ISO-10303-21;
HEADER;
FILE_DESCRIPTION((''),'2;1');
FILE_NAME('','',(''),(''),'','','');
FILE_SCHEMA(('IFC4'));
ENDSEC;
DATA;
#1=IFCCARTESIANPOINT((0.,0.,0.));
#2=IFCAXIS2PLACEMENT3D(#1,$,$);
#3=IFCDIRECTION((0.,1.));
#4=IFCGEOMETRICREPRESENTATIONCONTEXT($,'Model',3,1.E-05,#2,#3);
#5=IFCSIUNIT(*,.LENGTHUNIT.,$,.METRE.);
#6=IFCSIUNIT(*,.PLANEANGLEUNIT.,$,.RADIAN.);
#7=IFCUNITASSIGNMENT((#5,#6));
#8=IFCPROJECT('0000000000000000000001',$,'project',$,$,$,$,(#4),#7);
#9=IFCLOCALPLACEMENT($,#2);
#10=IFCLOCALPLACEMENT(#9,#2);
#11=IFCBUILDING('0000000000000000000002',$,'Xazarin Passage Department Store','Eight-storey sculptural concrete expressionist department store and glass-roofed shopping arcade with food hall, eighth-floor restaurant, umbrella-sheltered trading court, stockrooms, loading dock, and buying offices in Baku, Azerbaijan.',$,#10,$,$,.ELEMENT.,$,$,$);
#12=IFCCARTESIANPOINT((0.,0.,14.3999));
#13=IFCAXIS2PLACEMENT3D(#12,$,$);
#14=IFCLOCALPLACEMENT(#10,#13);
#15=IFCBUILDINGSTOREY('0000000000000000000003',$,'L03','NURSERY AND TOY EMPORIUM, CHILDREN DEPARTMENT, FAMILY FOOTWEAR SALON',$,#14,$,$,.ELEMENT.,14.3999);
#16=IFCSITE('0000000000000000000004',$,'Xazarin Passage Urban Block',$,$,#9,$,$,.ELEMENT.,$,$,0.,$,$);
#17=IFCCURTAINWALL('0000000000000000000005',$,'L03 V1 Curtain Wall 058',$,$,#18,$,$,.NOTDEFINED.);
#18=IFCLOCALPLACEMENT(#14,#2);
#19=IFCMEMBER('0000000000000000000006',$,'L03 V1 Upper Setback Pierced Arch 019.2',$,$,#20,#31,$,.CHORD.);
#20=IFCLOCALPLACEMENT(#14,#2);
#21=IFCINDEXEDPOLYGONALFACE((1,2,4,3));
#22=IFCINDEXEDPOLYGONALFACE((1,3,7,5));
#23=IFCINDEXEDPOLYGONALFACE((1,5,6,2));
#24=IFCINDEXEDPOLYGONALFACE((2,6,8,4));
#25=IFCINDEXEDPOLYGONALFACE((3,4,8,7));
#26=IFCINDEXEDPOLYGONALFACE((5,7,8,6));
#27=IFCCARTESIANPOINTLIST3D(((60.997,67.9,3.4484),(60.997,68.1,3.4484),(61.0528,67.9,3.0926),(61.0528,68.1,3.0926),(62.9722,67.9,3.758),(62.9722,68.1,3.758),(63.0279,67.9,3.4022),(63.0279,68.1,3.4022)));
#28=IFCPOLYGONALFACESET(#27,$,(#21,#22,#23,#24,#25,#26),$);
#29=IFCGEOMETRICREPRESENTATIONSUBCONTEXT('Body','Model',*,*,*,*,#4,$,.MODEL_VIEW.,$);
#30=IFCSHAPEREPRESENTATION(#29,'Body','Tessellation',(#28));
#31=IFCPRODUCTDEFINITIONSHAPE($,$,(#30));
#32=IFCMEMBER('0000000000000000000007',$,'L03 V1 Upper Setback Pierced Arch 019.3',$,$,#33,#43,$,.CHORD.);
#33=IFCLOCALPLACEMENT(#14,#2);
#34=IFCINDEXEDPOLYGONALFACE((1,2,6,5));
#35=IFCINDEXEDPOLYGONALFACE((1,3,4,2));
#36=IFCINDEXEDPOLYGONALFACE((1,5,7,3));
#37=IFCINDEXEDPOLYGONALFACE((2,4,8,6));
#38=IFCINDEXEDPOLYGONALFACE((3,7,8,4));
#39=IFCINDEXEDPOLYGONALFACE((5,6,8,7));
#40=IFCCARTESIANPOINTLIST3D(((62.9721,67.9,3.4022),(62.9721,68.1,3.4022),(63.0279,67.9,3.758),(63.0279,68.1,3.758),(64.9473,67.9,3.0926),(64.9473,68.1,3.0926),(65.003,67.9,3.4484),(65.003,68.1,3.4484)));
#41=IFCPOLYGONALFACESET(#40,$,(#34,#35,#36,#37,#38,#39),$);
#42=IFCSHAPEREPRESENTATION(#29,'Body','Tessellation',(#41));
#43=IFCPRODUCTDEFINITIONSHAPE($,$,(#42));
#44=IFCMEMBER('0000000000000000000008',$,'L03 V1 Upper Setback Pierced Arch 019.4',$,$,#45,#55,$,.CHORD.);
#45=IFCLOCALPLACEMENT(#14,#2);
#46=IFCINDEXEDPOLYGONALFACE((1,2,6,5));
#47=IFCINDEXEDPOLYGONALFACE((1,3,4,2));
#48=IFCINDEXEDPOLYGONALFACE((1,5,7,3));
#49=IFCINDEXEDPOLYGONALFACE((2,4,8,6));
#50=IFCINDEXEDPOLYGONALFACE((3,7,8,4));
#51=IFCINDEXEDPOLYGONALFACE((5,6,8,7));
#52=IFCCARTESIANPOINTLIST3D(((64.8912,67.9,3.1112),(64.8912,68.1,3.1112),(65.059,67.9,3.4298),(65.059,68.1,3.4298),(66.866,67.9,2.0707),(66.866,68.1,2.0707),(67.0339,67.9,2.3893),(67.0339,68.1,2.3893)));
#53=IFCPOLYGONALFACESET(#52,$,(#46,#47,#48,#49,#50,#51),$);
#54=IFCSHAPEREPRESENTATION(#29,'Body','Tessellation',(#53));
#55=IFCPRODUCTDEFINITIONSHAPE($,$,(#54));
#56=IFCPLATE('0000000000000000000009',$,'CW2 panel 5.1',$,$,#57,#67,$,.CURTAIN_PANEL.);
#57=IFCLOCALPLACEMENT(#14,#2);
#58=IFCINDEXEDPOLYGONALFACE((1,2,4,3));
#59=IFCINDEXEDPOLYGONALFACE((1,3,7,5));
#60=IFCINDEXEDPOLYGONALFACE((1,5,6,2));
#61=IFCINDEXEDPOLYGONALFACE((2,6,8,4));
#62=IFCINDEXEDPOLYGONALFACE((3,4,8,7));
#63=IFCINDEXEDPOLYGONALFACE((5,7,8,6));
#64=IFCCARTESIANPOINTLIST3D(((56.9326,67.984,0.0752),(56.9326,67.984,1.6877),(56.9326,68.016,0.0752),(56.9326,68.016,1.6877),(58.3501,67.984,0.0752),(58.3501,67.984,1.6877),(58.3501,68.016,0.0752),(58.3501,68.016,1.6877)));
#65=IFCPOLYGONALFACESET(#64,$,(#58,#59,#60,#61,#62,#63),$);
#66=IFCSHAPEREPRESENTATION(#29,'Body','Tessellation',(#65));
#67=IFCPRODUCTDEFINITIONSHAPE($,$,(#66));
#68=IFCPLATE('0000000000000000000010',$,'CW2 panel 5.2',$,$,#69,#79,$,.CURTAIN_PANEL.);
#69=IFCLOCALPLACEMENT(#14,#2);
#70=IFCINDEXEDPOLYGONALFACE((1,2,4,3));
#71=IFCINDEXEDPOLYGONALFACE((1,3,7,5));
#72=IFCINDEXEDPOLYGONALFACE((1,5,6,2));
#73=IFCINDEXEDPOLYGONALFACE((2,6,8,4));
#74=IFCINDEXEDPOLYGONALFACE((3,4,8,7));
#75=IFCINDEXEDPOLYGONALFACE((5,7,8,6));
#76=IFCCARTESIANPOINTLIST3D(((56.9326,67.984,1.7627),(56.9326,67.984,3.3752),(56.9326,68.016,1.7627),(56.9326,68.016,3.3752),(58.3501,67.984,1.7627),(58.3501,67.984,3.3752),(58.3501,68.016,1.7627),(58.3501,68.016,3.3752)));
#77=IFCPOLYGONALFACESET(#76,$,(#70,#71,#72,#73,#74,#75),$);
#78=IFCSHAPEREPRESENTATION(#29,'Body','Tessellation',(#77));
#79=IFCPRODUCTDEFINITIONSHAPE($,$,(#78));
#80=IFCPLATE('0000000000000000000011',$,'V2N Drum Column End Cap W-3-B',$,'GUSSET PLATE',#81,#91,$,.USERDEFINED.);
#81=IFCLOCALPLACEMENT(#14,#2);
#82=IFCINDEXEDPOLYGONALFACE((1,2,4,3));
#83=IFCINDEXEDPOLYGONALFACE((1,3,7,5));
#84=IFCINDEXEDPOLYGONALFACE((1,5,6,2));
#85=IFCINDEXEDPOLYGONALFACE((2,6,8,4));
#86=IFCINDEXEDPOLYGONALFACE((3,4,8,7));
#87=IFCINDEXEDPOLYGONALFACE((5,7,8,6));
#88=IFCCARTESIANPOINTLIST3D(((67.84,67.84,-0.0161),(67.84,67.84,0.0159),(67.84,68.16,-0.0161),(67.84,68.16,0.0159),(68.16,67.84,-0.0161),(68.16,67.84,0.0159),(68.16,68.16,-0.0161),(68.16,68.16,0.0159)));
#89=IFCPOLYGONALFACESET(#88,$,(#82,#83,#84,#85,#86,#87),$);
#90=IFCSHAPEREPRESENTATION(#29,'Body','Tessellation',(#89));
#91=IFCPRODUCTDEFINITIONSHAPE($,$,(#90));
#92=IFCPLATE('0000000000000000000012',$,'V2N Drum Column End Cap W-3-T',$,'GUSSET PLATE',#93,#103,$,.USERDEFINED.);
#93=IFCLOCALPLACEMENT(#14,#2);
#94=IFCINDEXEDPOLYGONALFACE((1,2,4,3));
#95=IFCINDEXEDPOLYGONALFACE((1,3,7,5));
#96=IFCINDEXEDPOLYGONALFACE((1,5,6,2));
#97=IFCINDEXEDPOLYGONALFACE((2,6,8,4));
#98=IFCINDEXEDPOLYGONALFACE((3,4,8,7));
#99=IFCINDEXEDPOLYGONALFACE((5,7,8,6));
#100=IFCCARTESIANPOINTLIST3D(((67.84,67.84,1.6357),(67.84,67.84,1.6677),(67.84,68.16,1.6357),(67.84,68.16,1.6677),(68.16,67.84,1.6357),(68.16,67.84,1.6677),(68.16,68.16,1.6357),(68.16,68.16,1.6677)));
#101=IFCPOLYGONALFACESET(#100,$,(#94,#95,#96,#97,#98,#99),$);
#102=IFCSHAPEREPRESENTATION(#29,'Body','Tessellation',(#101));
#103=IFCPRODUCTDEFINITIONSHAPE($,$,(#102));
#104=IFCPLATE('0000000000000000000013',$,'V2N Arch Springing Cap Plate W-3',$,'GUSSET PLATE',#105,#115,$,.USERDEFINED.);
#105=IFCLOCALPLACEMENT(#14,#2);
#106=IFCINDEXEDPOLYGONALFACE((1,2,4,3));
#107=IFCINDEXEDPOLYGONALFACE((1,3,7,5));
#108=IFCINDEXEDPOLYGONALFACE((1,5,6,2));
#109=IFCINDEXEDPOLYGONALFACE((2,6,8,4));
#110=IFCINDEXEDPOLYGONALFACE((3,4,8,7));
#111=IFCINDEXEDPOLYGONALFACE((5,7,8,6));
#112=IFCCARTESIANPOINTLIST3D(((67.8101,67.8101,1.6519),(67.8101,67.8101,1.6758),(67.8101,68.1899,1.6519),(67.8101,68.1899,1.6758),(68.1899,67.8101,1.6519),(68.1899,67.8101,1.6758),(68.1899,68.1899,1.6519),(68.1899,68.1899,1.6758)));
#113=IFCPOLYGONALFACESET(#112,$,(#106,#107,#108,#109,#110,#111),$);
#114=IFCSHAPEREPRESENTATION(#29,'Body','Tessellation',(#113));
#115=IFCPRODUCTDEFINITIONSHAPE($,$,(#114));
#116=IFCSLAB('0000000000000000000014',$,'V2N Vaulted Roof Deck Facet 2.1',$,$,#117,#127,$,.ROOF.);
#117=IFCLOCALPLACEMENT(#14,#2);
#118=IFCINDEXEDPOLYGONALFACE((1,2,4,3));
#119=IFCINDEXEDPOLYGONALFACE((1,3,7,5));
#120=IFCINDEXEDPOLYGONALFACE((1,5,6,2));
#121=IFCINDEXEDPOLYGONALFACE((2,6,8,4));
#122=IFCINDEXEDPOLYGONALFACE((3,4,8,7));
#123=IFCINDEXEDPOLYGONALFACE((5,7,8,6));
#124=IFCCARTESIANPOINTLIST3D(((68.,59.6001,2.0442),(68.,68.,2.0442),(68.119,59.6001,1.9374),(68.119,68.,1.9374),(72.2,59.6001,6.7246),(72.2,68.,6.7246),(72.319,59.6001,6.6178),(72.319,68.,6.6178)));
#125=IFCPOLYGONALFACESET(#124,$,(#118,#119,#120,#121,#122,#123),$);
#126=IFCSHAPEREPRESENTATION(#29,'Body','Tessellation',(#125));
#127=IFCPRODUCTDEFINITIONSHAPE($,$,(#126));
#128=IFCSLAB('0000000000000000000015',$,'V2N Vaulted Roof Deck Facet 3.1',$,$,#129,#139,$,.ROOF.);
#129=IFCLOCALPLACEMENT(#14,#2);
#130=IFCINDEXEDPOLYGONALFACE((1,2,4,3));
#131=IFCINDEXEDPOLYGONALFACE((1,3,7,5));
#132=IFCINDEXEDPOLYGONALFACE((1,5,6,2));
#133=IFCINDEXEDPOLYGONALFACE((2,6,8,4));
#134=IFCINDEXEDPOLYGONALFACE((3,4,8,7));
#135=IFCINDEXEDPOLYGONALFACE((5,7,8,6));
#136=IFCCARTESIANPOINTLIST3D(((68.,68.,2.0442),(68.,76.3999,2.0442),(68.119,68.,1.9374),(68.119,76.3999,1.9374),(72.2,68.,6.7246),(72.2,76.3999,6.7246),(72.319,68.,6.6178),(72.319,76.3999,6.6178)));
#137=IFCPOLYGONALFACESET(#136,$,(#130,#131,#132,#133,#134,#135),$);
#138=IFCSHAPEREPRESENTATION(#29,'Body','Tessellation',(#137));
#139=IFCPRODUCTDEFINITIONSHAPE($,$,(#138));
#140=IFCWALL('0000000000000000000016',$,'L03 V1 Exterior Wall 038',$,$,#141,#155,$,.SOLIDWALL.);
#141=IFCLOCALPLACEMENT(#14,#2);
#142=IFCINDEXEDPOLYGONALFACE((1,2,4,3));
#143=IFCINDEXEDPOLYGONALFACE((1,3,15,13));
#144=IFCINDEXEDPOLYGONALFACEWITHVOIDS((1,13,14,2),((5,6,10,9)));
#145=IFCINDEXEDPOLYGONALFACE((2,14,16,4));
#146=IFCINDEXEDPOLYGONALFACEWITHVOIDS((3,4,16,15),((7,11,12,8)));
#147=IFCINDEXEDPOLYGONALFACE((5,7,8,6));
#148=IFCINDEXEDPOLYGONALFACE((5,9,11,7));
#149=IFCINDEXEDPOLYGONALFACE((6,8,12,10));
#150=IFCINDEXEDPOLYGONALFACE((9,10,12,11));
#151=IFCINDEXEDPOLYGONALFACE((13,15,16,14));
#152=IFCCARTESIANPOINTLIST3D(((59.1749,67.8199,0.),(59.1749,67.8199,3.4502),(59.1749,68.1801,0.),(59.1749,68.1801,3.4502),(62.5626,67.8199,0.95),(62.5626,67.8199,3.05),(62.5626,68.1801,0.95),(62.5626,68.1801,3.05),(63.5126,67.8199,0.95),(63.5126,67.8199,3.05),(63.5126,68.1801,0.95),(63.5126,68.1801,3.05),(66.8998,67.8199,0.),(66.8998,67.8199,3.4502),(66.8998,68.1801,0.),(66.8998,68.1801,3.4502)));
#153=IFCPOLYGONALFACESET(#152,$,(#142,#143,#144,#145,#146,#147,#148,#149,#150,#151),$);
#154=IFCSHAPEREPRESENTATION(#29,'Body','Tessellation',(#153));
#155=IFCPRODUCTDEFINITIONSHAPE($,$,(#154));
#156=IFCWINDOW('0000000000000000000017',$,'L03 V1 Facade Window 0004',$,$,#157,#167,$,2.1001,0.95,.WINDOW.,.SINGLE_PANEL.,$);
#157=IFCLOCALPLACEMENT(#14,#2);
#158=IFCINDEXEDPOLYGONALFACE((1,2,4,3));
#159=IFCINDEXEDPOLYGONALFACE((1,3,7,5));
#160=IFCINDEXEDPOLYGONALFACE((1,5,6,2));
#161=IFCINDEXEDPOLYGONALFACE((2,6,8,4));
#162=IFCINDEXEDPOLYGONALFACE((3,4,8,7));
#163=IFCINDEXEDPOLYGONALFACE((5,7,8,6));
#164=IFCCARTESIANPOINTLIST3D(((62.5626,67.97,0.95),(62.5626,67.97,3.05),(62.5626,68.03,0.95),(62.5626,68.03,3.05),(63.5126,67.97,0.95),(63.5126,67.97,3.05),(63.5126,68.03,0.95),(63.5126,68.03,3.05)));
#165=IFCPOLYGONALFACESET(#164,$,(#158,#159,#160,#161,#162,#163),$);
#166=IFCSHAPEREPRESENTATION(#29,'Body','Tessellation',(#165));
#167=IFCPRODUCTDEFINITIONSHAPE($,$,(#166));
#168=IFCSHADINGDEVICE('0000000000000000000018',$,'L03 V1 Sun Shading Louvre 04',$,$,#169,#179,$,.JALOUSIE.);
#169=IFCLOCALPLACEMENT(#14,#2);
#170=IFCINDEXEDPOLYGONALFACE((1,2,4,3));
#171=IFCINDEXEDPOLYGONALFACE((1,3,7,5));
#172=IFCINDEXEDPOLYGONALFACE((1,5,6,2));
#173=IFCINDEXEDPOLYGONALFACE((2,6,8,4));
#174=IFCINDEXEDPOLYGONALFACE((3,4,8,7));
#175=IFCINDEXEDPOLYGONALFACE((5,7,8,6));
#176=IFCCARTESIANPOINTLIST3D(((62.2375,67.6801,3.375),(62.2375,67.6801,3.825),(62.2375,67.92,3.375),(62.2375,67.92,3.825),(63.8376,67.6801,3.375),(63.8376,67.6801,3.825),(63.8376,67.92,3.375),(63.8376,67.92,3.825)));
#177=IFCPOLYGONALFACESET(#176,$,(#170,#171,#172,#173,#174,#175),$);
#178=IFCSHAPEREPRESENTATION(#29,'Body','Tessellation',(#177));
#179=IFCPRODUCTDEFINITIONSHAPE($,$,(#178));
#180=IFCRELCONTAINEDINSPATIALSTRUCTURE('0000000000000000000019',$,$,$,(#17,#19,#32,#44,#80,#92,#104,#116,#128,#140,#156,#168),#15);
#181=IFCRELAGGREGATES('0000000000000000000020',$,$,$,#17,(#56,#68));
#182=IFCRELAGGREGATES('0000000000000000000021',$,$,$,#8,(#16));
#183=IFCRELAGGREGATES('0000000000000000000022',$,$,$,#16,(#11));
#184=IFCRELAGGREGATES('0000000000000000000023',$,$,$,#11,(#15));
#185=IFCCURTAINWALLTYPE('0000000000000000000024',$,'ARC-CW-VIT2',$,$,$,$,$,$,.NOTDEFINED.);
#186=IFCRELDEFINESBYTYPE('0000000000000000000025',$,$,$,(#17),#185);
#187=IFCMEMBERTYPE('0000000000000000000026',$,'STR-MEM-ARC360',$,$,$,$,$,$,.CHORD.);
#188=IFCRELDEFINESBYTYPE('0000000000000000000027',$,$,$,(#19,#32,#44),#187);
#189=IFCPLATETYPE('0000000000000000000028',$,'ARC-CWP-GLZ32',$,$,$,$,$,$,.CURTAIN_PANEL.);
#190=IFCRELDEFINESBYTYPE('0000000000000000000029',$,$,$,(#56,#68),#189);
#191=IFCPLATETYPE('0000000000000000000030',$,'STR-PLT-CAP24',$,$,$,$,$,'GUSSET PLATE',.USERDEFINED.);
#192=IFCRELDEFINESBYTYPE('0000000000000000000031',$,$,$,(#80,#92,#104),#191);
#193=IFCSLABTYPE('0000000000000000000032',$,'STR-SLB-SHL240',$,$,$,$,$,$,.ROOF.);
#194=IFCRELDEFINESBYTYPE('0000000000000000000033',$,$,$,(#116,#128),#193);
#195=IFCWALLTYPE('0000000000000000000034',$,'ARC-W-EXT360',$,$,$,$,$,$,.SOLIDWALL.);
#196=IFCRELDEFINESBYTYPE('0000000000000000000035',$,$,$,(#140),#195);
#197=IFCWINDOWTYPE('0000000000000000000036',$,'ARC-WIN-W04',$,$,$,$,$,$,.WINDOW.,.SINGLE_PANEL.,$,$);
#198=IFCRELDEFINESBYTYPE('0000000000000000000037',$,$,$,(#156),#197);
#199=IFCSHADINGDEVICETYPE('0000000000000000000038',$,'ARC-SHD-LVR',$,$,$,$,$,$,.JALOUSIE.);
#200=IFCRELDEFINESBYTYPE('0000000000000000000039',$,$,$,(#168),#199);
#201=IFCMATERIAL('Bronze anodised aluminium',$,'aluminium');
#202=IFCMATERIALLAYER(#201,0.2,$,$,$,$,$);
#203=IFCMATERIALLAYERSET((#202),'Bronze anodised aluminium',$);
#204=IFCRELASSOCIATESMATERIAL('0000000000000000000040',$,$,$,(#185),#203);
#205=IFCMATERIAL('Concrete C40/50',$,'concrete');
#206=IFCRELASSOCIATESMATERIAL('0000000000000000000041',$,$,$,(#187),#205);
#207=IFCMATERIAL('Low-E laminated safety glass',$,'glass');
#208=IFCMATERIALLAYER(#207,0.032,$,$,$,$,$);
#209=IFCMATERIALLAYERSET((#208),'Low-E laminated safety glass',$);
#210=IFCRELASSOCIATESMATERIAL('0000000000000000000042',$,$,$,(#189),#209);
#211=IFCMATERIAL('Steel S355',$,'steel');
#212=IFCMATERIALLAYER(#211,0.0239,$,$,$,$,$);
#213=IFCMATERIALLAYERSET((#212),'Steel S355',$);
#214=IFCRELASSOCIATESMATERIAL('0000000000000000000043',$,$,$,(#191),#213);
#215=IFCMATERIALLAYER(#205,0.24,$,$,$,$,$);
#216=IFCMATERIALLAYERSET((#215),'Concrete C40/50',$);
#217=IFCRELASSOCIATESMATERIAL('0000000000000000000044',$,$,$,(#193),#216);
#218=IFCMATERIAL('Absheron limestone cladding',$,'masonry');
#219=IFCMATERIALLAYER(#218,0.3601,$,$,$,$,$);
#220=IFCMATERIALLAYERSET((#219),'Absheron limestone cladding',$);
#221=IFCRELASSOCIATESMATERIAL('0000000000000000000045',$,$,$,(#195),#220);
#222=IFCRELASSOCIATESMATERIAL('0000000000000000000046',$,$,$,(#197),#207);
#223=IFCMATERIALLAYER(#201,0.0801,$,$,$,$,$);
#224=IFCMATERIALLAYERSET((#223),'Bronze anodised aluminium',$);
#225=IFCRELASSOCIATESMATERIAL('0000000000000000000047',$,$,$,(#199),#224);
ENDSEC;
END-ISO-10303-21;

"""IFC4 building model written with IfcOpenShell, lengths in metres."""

from ifc_helpers import new_model, si_unit, direction, frame, frame_2d, origin, origin_2d, place, context, subcontext, project, spatial, polyline, rectangle, outline, extrude, material, layer, layer_set, material_profile, profile_set, type_object, element, fill, aggregate, save


model = new_model("IFC4")

# Units and contexts
model_context = context("Model", 3, precision=1e-05, world=origin(), true_north=direction((0.0, 1.0)))
body_context = subcontext(model_context, "Body", "Model", "MODEL_VIEW")
ifc_project = project(units=[si_unit("LENGTHUNIT", "METRE"), si_unit("PLANEANGLEUNIT", "RADIAN")], contexts=[model_context])

# Site, building, storey
site_placement = place(None, origin())
site = spatial("IfcSite", under=ifc_project, at=site_placement, Name="Xazarin Passage Urban Block", CompositionType="ELEMENT", RefElevation=0.0)
building_placement = place(site_placement, origin())
building = spatial("IfcBuilding", under=site, at=building_placement, Name="Xazarin Passage Department Store", Description="Eight-storey sculptural concrete expressionist department store and glass-roofed shopping arcade with food hall, eighth-floor restaurant, umbrella-sheltered trading court, stockrooms, loading dock, and buying offices in Baku, Azerbaijan.", CompositionType="ELEMENT")
storey_placement = place(building_placement, frame((0.0, 0.0, 14.3999)))
storey = spatial("IfcBuildingStorey", under=building, at=storey_placement, Name="L03", Description="NURSERY AND TOY EMPORIUM, CHILDREN DEPARTMENT, FAMILY FOOTWEAR SALON", CompositionType="ELEMENT", Elevation=14.3999)

# Shared definitions
ifc_material_1 = material(Name="Steel S355", Category="steel")
ifc_material_2 = material(Name="Concrete C40/50", Category="concrete")

# Curtain wall
ifc_material_3 = material(Name="Bronze anodised aluminium", Category="aluminium")
ifc_layer_1 = layer(ifc_material_3, 0.2)
ifc_layer_set_1 = layer_set([ifc_layer_1], Name="Bronze anodised aluminium")
curtain_wall_type = type_object("IfcCurtainWallType", Name="ARC-CW-VIT2", PredefinedType="NOTDEFINED", material=ifc_layer_set_1)
curtain_wall_placement = place(storey_placement, origin())
curtain_wall = element("IfcCurtainWall", 1, at=curtain_wall_placement, inside=storey, type_object=curtain_wall_type, Name="L03 V1 Curtain Wall 058", PredefinedType="NOTDEFINED")

# Members
ifc_material_profile_1 = material_profile(ifc_material_2, rectangle(XDim=0.2, YDim=0.3601, at=origin_2d()), Name="RC 200x360")
ifc_profile_set_1 = profile_set([ifc_material_profile_1], Name="Concrete C40/50")
member_type_1 = type_object("IfcMemberType", Name="STR-MEM-ARC360", PredefinedType="CHORD", material=ifc_profile_set_1)
for number, where, z_axis, x_axis, name in (
    (2, (61.0249, 68.0, 3.2705), (0.987939, 0.0, 0.154846), (0.0, 1.0, 0.0), "L03 V1 Upper Setback Pierced Arch 019.2"),
    (3, (63.0, 68.0, 3.5801), (0.987939, 0.0, -0.154846), (0.0, 1.0, 0.0), "L03 V1 Upper Setback Pierced Arch 019.3"),
):
    element("IfcMember", number, at=place(storey_placement, frame(where, z_axis=z_axis, x_axis=x_axis)), inside=storey, type_object=member_type_1, Name=name, PredefinedType="CHORD", context=body_context, shape_type="SweptSolid", body=[
        extrude(rectangle(XDim=0.2, YDim=0.3601, at=origin_2d()), origin(), (0.0, 0.0, 1.0), 1.9993),
    ])
member_1_placement = place(storey_placement, frame((64.9751, 68.0, 3.2705), z_axis=(0.884709, 0.0, -0.466143), x_axis=(0.0, 1.0, 0.0)))
element("IfcMember", 4, at=member_1_placement, inside=storey, type_object=member_type_1, Name="L03 V1 Upper Setback Pierced Arch 019.4", PredefinedType="CHORD", context=body_context, shape_type="SweptSolid", body=[
    extrude(rectangle(XDim=0.2, YDim=0.3601, at=origin_2d()), origin(), (0.0, 0.0, 1.0), 2.2322),
])

# Plates
ifc_material_4 = material(Name="Low-E laminated safety glass", Category="glass")
ifc_layer_2 = layer(ifc_material_4, 0.032)
ifc_layer_set_2 = layer_set([ifc_layer_2], Name="Low-E laminated safety glass")
plate_type_1 = type_object("IfcPlateType", Name="ARC-CWP-GLZ32", PredefinedType="CURTAIN_PANEL", material=ifc_layer_set_2)
plate_1_placement = place(storey_placement, frame((57.6414, 68.0, 0.0752), z_axis=(0.0, 0.0, 1.0), x_axis=(1.0, 0.0, 0.0)))
plate_1 = element("IfcPlate", 5, at=plate_1_placement, type_object=plate_type_1, Name="CW2 panel 5.1", PredefinedType="CURTAIN_PANEL", context=body_context, shape_type="SweptSolid", body=[
    extrude(rectangle(XDim=1.4175, YDim=0.032, at=origin_2d()), origin(), (0.0, 0.0, 1.0), 1.6125),
])
plate_2_placement = place(storey_placement, frame((57.6414, 68.0, 1.7627), z_axis=(0.0, 0.0, 1.0), x_axis=(1.0, 0.0, 0.0)))
plate_2 = element("IfcPlate", 6, at=plate_2_placement, type_object=plate_type_1, Name="CW2 panel 5.2", PredefinedType="CURTAIN_PANEL", context=body_context, shape_type="SweptSolid", body=[
    extrude(rectangle(XDim=1.4175, YDim=0.032, at=origin_2d()), origin(), (0.0, 0.0, 1.0), 1.6125),
])
aggregate(curtain_wall, [plate_1, plate_2])

# Plates
ifc_layer_3 = layer(ifc_material_1, 0.0239)
ifc_layer_set_3 = layer_set([ifc_layer_3], Name="Steel S355")
plate_type_2 = type_object("IfcPlateType", Name="STR-PLT-CAP24", ElementType="GUSSET PLATE", PredefinedType="USERDEFINED", material=ifc_layer_set_3)
for number, where, z_axis, x_axis, name in (
    (7, (68.0, 68.0, -0.0161), (0.0, 0.0, 1.0), (1.0, 0.0, 0.0), "V2N Drum Column End Cap W-3-B"),
    (8, (68.0, 68.0, 1.6357), (0.0, 0.0, 1.0), (1.0, 0.0, 0.0), "V2N Drum Column End Cap W-3-T"),
):
    element("IfcPlate", number, at=place(storey_placement, frame(where, z_axis=z_axis, x_axis=x_axis)), inside=storey, type_object=plate_type_2, Name=name, ObjectType="GUSSET PLATE", PredefinedType="USERDEFINED", context=body_context, shape_type="SweptSolid", body=[
        extrude(rectangle(XDim=0.3201, YDim=0.3201, at=origin_2d()), origin(), (0.0, 0.0, 1.0), 0.032),
    ])
plate_3_placement = place(storey_placement, frame((68.0, 68.0, 1.6519), z_axis=(0.0, 0.0, 1.0), x_axis=(1.0, 0.0, 0.0)))
element("IfcPlate", 9, at=plate_3_placement, inside=storey, type_object=plate_type_2, Name="V2N Arch Springing Cap Plate W-3", ObjectType="GUSSET PLATE", PredefinedType="USERDEFINED", context=body_context, shape_type="SweptSolid", body=[
    extrude(rectangle(XDim=0.3799, YDim=0.3799, at=origin_2d()), origin(), (0.0, 0.0, 1.0), 0.0239),
])

# Slabs
ifc_layer_4 = layer(ifc_material_2, 0.24)
ifc_layer_set_4 = layer_set([ifc_layer_4], Name="Concrete C40/50")
slab_type = type_object("IfcSlabType", Name="STR-SLB-SHL240", PredefinedType="ROOF", material=ifc_layer_set_4)
for number, where, z_axis, x_axis, name in (
    (10, (68.0, 59.6001, 2.0442), (-0.744276, 0.0, 0.667872), (0.667872, 0.0, 0.744276), "V2N Vaulted Roof Deck Facet 2.1"),
    (11, (68.0, 68.0, 2.0442), (-0.744276, 0.0, 0.667872), (0.667872, 0.0, 0.744276), "V2N Vaulted Roof Deck Facet 3.1"),
):
    element("IfcSlab", number, at=place(storey_placement, frame(where, z_axis=z_axis, x_axis=x_axis)), inside=storey, type_object=slab_type, Name=name, PredefinedType="ROOF", context=body_context, shape_type="SweptSolid", body=[
        extrude(outline(polyline([(0.0, 0.0), (6.2886, 0.0), (6.2886, 8.3999), (0.0, 8.3999), (0.0, 0.0)])), origin(), (0.0, 0.0, -1.0), 0.1599),
    ])

# Wall, opening, window
ifc_material_5 = material(Name="Absheron limestone cladding", Category="masonry")
ifc_layer_5 = layer(ifc_material_5, 0.3601)
ifc_layer_set_5 = layer_set([ifc_layer_5], Name="Absheron limestone cladding")
wall_type = type_object("IfcWallType", Name="ARC-W-EXT360", PredefinedType="SOLIDWALL", material=ifc_layer_set_5)
wall_placement = place(storey_placement, frame((59.175, 68.0, 0.0), z_axis=(0.0, 0.0, 1.0), x_axis=(1.0, 0.0, 0.0)))
wall = element("IfcWall", 12, at=wall_placement, inside=storey, type_object=wall_type, Name="L03 V1 Exterior Wall 038", PredefinedType="SOLIDWALL", context=body_context, shape_type="SweptSolid", body=[
    extrude(rectangle(XDim=7.7249, YDim=0.3601, at=frame_2d((3.8623, 0.0))), origin(), (0.0, 0.0, 1.0), 3.4502),
])
opening_placement = place(wall_placement, frame((3.3875, 0.0, 0.95)))
opening = element("IfcOpeningElement", 13, at=opening_placement, cuts=wall, PredefinedType="OPENING", context=body_context, shape_type="SweptSolid", body=[
    extrude(rectangle(XDim=0.95, YDim=2.1001, at=frame_2d((0.4751, 1.05))), frame((0.0, 0.1899, 0.0), z_axis=(0.0, -1.0, 0.0), x_axis=(1.0, 0.0, 0.0)), (0.0, 0.0, 1.0), 0.3801),
])
window_type = type_object("IfcWindowType", Name="ARC-WIN-W04", PartitioningType="SINGLE_PANEL", PredefinedType="WINDOW", material=ifc_material_4)
window_placement = place(opening_placement, origin())
window = element("IfcWindow", 14, at=window_placement, inside=storey, type_object=window_type, Name="L03 V1 Facade Window 0004", OverallHeight=2.1001, OverallWidth=0.95, PartitioningType="SINGLE_PANEL", PredefinedType="WINDOW", context=body_context, shape_type="SweptSolid", body=[
    extrude(rectangle(XDim=0.95, YDim=2.1001, at=frame_2d((0.4751, 1.05))), frame((0.0, 0.03, 0.0), z_axis=(0.0, -1.0, 0.0), x_axis=(1.0, 0.0, 0.0)), (0.0, 0.0, 1.0), 0.0601),
])
fill(opening, window)

# Shading device
ifc_layer_6 = layer(ifc_material_3, 0.0801)
ifc_layer_set_6 = layer_set([ifc_layer_6], Name="Bronze anodised aluminium")
shading_device_type = type_object("IfcShadingDeviceType", Name="ARC-SHD-LVR", PredefinedType="JALOUSIE", material=ifc_layer_set_6)
shading_device_placement = place(storey_placement, frame((63.0376, 67.8, 3.375), z_axis=(0.0, 0.0, 1.0), x_axis=(1.0, 0.0, 0.0)))
element("IfcShadingDevice", 15, at=shading_device_placement, inside=storey, type_object=shading_device_type, Name="L03 V1 Sun Shading Louvre 04", PredefinedType="JALOUSIE", context=body_context, shape_type="SweptSolid", body=[
    extrude(rectangle(XDim=1.6001, YDim=0.24, at=origin_2d()), origin(), (0.0, 0.0, 1.0), 0.45),
])

save(model, "model.ifc")
